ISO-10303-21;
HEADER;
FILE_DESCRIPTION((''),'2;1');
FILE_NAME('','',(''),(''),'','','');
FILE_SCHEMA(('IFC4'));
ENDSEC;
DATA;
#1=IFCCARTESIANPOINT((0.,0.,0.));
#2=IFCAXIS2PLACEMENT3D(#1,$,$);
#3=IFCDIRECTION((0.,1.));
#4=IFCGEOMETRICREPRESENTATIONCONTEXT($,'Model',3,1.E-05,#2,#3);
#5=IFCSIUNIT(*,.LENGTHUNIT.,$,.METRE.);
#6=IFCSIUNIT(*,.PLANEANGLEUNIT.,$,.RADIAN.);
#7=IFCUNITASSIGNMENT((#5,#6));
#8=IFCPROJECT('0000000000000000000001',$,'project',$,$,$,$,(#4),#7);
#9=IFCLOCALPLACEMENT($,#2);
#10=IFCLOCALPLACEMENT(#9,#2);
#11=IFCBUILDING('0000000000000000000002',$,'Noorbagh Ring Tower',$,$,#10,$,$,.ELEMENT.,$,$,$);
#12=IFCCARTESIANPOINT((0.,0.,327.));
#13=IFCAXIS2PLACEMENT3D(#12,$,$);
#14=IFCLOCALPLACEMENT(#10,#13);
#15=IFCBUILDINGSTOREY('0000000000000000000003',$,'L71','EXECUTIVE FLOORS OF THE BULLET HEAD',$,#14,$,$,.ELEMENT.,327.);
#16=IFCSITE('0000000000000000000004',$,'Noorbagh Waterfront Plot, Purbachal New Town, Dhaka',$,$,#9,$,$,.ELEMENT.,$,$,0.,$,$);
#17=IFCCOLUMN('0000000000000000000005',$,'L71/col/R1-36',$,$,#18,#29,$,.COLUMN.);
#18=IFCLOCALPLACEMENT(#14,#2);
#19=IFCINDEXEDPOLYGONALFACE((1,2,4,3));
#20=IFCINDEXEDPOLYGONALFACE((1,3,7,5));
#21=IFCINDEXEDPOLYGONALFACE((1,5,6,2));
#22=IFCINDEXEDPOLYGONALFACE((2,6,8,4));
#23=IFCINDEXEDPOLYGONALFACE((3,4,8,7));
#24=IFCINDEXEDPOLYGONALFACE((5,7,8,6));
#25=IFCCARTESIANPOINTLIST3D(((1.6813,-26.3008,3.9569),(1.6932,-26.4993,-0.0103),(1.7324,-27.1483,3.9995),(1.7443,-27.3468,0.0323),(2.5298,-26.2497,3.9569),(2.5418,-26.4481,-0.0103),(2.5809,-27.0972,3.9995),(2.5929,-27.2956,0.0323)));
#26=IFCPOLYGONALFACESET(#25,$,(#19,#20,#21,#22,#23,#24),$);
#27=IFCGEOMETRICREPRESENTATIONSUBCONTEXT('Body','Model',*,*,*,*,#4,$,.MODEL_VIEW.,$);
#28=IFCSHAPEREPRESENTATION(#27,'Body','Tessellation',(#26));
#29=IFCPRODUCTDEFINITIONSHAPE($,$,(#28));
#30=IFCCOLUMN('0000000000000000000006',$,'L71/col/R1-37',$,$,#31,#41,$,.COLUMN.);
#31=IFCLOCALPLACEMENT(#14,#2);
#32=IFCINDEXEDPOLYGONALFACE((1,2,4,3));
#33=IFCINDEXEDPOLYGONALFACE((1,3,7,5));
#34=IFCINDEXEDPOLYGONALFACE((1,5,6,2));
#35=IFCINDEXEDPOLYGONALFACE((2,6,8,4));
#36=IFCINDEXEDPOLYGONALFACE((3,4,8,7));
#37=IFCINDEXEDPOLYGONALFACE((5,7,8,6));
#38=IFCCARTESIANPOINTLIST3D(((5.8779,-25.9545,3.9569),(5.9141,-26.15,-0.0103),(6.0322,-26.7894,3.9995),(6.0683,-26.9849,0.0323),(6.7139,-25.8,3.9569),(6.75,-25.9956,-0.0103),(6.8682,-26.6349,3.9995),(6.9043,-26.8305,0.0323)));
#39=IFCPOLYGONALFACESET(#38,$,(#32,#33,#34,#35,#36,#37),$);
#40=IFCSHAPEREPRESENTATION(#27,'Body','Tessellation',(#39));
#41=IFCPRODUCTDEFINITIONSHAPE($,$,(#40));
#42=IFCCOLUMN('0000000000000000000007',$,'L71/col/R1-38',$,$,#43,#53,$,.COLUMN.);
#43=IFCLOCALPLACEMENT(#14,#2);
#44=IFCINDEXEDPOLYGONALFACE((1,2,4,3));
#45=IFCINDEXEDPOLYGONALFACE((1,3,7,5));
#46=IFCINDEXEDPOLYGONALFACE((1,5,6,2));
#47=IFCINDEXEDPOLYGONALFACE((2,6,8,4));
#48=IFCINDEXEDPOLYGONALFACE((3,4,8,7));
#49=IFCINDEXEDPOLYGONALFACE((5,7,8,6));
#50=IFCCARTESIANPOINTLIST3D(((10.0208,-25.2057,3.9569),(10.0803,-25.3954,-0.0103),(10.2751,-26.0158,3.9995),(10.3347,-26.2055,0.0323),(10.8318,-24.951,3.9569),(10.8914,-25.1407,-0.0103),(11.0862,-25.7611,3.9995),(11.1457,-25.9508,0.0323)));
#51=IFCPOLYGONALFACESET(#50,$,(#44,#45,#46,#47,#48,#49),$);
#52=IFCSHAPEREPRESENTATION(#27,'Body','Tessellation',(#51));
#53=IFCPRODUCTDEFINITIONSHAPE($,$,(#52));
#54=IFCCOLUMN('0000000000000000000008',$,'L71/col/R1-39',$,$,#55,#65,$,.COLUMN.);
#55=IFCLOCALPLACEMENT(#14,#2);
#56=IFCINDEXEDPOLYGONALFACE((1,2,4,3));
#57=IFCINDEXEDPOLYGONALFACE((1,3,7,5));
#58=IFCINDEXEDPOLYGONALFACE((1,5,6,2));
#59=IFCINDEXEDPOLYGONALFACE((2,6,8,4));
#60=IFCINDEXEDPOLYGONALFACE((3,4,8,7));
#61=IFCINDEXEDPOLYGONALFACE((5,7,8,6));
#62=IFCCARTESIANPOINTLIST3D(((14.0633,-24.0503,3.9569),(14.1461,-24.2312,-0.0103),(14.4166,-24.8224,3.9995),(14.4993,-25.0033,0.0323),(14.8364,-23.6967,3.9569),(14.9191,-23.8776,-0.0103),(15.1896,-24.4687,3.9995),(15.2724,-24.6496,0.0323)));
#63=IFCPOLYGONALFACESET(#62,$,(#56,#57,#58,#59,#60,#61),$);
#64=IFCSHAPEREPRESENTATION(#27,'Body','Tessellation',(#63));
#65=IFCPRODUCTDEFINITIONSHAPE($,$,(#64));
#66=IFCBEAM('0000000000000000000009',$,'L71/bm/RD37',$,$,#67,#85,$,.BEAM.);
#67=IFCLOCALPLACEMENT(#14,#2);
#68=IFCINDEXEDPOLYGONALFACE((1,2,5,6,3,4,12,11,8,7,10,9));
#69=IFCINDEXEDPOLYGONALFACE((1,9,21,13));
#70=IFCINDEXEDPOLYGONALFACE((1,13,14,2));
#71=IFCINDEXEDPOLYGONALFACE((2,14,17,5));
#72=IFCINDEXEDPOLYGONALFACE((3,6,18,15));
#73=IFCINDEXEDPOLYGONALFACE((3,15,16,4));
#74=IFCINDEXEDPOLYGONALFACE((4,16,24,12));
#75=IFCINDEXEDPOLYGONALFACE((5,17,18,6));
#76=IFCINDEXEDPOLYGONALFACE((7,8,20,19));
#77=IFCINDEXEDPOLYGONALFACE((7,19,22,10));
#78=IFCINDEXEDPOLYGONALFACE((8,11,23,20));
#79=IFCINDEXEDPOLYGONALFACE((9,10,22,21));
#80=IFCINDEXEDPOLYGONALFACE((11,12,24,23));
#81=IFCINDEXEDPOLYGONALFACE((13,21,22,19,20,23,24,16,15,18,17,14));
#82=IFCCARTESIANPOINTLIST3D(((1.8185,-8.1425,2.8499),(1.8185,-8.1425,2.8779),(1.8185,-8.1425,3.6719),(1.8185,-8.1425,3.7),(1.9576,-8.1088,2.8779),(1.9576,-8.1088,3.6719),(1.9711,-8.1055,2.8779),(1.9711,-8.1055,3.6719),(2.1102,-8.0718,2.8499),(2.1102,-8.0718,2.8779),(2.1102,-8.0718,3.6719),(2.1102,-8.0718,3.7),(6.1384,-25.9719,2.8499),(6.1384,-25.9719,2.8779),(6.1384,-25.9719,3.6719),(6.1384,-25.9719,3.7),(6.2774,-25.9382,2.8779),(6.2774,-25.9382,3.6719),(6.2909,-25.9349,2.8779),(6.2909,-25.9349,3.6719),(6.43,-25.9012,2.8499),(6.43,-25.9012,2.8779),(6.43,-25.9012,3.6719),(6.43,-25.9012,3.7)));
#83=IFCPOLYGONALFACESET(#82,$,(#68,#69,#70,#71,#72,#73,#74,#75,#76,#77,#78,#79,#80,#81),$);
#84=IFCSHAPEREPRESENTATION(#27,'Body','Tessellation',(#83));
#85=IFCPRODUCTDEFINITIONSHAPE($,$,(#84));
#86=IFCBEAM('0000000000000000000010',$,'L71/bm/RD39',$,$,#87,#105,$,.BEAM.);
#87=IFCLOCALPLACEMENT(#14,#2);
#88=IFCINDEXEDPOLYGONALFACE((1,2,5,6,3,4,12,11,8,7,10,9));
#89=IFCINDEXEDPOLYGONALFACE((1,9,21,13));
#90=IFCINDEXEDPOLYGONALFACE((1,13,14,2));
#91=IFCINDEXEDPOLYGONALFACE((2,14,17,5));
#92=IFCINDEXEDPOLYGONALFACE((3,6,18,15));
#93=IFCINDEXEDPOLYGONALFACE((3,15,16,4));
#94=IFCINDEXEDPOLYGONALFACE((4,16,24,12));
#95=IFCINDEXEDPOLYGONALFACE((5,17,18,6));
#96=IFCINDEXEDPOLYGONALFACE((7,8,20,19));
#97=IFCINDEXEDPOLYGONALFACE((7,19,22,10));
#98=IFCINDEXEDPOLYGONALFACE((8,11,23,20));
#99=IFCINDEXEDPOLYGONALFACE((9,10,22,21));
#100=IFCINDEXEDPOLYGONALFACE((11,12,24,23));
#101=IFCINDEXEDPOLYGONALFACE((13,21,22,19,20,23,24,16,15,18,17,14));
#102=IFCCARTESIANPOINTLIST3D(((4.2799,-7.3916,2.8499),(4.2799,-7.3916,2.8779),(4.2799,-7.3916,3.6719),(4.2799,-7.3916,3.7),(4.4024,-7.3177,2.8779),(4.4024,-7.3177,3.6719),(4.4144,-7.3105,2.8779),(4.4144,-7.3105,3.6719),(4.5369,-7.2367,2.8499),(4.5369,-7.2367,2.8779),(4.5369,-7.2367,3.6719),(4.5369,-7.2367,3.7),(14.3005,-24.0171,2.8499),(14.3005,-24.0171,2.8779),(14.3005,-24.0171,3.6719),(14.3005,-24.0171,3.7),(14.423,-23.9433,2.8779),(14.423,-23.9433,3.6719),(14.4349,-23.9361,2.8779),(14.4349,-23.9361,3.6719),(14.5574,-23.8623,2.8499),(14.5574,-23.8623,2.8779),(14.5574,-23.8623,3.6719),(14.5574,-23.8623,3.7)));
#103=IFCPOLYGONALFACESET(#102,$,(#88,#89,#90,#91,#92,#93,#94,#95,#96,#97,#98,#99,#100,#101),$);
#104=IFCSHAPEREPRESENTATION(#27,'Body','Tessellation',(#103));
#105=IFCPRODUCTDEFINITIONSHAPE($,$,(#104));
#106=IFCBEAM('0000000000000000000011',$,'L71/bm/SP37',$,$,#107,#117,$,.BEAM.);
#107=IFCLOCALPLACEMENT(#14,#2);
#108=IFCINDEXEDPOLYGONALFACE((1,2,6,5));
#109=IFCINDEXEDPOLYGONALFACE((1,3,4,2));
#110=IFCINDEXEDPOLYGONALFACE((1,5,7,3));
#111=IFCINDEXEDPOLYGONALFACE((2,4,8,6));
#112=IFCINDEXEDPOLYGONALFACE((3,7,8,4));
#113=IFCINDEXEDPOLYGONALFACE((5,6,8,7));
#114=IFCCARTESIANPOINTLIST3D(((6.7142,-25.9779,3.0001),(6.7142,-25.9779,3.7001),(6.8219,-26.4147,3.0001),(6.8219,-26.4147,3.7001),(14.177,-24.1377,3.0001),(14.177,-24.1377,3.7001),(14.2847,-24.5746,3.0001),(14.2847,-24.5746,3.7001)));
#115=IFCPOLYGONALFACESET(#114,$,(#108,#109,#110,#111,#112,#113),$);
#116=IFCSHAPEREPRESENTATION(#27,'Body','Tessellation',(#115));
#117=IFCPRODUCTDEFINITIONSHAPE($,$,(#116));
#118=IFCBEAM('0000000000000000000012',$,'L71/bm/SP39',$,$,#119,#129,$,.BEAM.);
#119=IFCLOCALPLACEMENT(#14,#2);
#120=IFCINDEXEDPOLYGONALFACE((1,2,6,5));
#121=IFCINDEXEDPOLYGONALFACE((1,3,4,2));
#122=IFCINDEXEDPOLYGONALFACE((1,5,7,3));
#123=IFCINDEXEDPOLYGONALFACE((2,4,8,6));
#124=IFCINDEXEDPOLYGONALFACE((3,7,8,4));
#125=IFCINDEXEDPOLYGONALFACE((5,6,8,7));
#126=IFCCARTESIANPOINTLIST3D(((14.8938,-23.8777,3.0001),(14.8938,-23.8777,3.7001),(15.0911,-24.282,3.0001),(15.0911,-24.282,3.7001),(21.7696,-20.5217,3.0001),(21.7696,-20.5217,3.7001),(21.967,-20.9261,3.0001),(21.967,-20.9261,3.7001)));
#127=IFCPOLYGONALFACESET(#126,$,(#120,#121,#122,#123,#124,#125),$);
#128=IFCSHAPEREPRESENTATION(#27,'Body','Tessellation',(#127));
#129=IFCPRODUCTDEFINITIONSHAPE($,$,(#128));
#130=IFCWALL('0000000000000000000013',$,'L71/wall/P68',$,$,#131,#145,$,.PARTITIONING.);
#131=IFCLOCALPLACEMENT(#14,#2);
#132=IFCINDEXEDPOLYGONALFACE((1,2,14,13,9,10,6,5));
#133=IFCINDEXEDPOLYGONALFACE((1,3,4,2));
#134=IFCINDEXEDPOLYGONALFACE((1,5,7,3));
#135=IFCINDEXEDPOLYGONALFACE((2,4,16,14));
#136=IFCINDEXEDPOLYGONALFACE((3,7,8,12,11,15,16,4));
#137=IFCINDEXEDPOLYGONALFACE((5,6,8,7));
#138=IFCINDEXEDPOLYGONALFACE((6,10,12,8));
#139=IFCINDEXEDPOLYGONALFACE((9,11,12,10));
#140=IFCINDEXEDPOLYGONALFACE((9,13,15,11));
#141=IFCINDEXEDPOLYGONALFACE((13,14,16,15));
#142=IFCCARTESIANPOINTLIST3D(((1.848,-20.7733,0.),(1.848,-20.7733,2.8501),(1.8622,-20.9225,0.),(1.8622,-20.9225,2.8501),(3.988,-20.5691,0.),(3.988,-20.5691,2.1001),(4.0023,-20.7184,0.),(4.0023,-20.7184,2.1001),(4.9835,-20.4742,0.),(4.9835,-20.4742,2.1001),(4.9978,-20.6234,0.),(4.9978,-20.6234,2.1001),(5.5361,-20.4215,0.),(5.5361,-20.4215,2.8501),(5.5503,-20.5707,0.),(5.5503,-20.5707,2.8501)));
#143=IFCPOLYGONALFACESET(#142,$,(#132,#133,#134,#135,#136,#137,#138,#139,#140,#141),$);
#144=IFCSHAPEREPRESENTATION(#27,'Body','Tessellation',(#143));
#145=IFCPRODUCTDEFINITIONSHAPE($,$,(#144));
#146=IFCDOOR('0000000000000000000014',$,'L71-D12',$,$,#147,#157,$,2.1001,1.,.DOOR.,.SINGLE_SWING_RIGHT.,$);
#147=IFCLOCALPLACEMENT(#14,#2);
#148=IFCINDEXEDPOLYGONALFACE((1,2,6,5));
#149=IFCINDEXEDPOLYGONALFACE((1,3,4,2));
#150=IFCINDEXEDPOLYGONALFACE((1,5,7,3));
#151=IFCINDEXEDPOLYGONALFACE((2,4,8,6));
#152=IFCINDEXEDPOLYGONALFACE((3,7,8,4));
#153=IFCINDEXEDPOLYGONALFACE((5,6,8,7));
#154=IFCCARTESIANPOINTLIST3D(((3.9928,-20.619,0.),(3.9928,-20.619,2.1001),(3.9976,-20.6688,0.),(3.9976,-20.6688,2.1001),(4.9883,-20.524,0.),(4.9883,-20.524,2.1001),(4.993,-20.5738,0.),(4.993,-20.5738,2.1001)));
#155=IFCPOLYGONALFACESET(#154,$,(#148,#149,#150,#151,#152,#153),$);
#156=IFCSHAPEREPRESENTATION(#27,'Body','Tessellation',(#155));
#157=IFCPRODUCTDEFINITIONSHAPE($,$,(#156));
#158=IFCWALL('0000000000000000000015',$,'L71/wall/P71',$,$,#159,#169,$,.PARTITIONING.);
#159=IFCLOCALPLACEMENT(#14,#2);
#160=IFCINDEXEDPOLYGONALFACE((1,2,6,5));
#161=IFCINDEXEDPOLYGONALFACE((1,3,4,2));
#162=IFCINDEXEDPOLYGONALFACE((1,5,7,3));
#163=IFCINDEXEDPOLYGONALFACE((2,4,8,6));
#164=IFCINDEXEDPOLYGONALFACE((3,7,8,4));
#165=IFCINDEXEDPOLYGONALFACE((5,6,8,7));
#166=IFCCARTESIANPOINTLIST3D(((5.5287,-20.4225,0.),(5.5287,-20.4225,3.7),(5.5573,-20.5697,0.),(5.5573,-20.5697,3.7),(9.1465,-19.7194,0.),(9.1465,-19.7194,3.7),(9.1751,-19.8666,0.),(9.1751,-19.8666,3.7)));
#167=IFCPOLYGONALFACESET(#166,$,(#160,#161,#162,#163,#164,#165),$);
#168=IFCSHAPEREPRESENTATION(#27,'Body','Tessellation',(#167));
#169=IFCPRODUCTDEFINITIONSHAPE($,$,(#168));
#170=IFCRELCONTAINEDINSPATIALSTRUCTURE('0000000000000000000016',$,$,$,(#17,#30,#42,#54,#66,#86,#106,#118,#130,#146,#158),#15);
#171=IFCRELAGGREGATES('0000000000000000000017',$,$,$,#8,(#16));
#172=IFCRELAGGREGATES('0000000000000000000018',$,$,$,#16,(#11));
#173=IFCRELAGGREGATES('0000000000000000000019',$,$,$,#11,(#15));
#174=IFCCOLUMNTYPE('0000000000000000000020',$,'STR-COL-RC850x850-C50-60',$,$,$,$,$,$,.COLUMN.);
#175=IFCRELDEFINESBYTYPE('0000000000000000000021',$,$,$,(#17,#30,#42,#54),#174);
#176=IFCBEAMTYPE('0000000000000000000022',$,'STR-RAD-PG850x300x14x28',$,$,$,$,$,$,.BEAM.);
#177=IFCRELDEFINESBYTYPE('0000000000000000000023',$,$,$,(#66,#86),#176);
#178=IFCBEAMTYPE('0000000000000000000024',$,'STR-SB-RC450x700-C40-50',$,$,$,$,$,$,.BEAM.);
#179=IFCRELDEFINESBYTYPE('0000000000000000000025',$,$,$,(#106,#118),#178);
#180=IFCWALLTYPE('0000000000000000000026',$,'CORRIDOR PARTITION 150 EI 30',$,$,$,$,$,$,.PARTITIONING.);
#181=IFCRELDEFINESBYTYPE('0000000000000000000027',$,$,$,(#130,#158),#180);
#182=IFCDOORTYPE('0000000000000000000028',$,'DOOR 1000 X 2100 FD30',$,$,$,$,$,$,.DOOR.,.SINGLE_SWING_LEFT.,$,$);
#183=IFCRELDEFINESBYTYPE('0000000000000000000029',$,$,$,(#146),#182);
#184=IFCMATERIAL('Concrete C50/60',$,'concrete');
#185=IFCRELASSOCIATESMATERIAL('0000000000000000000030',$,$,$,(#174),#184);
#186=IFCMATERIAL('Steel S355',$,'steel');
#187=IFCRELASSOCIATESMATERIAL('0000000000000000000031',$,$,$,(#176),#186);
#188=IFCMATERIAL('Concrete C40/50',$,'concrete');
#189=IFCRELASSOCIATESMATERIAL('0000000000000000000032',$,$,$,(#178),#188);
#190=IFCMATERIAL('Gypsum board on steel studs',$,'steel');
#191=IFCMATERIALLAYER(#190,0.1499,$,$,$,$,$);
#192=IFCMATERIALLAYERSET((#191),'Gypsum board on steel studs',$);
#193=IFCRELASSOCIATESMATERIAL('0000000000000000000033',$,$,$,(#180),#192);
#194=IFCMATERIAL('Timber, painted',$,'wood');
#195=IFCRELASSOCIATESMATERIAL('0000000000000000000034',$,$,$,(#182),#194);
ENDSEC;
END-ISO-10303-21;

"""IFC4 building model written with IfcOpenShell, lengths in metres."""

from ifc_helpers import new_model, si_unit, direction, frame, frame_2d, origin, origin_2d, place, context, subcontext, project, spatial, rectangle, i_section, extrude, material, layer, layer_set, material_profile, profile_set, type_object, element, fill, save


model = new_model("IFC4")

# Units and contexts
model_context = context("Model", 3, precision=1e-05, world=origin(), true_north=direction((0.0, 1.0)))
body_context = subcontext(model_context, "Body", "Model", "MODEL_VIEW")
ifc_project = project(units=[si_unit("LENGTHUNIT", "METRE"), si_unit("PLANEANGLEUNIT", "RADIAN")], contexts=[model_context])

# Site, building, storey
site_placement = place(None, origin())
site = spatial("IfcSite", under=ifc_project, at=site_placement, Name="Noorbagh Waterfront Plot, Purbachal New Town, Dhaka", CompositionType="ELEMENT", RefElevation=0.0)
building_placement = place(site_placement, origin())
building = spatial("IfcBuilding", under=site, at=building_placement, Name="Noorbagh Ring Tower", CompositionType="ELEMENT")
storey_placement = place(building_placement, frame((0.0, 0.0, 327.0)))
storey = spatial("IfcBuildingStorey", under=building, at=storey_placement, Name="L71", Description="EXECUTIVE FLOORS OF THE BULLET HEAD", CompositionType="ELEMENT", Elevation=327.0)

# Columns
ifc_material_1 = material(Name="Concrete C50/60", Category="concrete")
ifc_material_profile_1 = material_profile(ifc_material_1, rectangle(XDim=0.8501, YDim=0.8501, at=origin_2d()), Name="RC850x850")
ifc_profile_set_1 = profile_set([ifc_material_profile_1], Name="Concrete C50/60")
column_type = type_object("IfcColumnType", Name="STR-COL-RC850x850-C50-60", PredefinedType="COLUMN", material=ifc_profile_set_1)
for number, where, z_axis, x_axis, name in (
    (1, (2.1431, -26.8975, 0.011), (-0.003012, 0.049968, 0.998746), (-0.998189, -0.060161, 0.0), "L71/col/R1-36"),
    (2, (6.4092, -26.4902, 0.011), (-0.009096, 0.04923, 0.998746), (-0.983355, -0.181694, 0.0), "L71/col/R1-37"),
    (3, (10.613, -25.6731, 0.011), (-0.014997, 0.047755, 0.998746), (-0.954064, -0.299603, 0.0), "L71/col/R1-38"),
    (4, (14.7092, -24.4404, 0.011), (-0.020835, 0.045543, 0.998745), (-0.909355, -0.416021, 0.0), "L71/col/R1-39"),
):
    element("IfcColumn", number, at=place(storey_placement, frame(where, z_axis=z_axis, x_axis=x_axis)), inside=storey, type_object=column_type, Name=name, PredefinedType="COLUMN", context=body_context, shape_type="SweptSolid", body=[
        extrude(rectangle(XDim=0.8501, YDim=0.8501, at=origin_2d()), origin(), (0.0, 0.0, 1.0), 3.9722),
    ])

# Beams
ifc_material_2 = material(Name="Steel S355", Category="steel")
ifc_material_profile_2 = material_profile(ifc_material_2, i_section(OverallWidth=0.3, OverallDepth=0.8501, WebThickness=0.0139, FlangeThickness=0.0281, at=origin_2d()), Name="PG850x300x14x28")
ifc_profile_set_2 = profile_set([ifc_material_profile_2], Name="Steel S355")
beam_type_1 = type_object("IfcBeamType", Name="STR-RAD-PG850x300x14x28", PredefinedType="BEAM", material=ifc_profile_set_2)
beam_1_placement = place(storey_placement, frame((6.2842, -25.9365, 3.2749), z_axis=(-0.235474, 0.971881, 0.0), x_axis=(-0.971881, -0.235474, 0.0)))
element("IfcBeam", 5, at=beam_1_placement, inside=storey, type_object=beam_type_1, Name="L71/bm/RD37", PredefinedType="BEAM", context=body_context, shape_type="SweptSolid", body=[
    extrude(i_section(OverallWidth=0.3, OverallDepth=0.8501, WebThickness=0.0139, FlangeThickness=0.0281, at=origin_2d()), origin(), (0.0, 0.0, 1.0), 18.3452),
])
beam_2_placement = place(storey_placement, frame((14.429, -23.9397, 3.2749), z_axis=(-0.516207, 0.856464, 0.0), x_axis=(-0.856464, -0.516207, 0.0)))
element("IfcBeam", 6, at=beam_2_placement, inside=storey, type_object=beam_type_1, Name="L71/bm/RD39", PredefinedType="BEAM", context=body_context, shape_type="SweptSolid", body=[
    extrude(i_section(OverallWidth=0.3, OverallDepth=0.8501, WebThickness=0.0139, FlangeThickness=0.0281, at=origin_2d()), origin(), (0.0, 0.0, 1.0), 19.4119),
])
ifc_material_3 = material(Name="Concrete C40/50", Category="concrete")
ifc_material_profile_3 = material_profile(ifc_material_3, rectangle(XDim=0.45, YDim=0.7, at=origin_2d()), Name="RC450x700")
ifc_profile_set_3 = profile_set([ifc_material_profile_3], Name="Concrete C40/50")
beam_type_2 = type_object("IfcBeamType", Name="STR-SB-RC450x700-C40-50", PredefinedType="BEAM", material=ifc_profile_set_3)
beam_3_placement = place(storey_placement, frame((6.7681, -26.1963, 3.3501), z_axis=(0.97092, 0.239403, 0.0), x_axis=(-0.239403, 0.97092, 0.0)))
element("IfcBeam", 7, at=beam_3_placement, inside=storey, type_object=beam_type_2, Name="L71/bm/SP37", PredefinedType="BEAM", context=body_context, shape_type="SweptSolid", body=[
    extrude(rectangle(XDim=0.45, YDim=0.7, at=origin_2d()), origin(), (0.0, 0.0, 1.0), 7.6863),
])
beam_4_placement = place(storey_placement, frame((14.9924, -24.0798, 3.3501), z_axis=(0.898675, 0.438616, 0.0), x_axis=(-0.438616, 0.898675, 0.0)))
element("IfcBeam", 8, at=beam_4_placement, inside=storey, type_object=beam_type_2, Name="L71/bm/SP39", PredefinedType="BEAM", context=body_context, shape_type="SweptSolid", body=[
    extrude(rectangle(XDim=0.45, YDim=0.7, at=origin_2d()), origin(), (0.0, 0.0, 1.0), 7.6511),
])

# Wall, opening, door
ifc_material_4 = material(Name="Gypsum board on steel studs", Category="steel")
ifc_layer_1 = layer(ifc_material_4, 0.1499)
ifc_layer_set_1 = layer_set([ifc_layer_1], Name="Gypsum board on steel studs")
wall_type_1 = type_object("IfcWallType", Name="CORRIDOR PARTITION 150 EI 30", PredefinedType="PARTITIONING", material=ifc_layer_set_1)
wall_1_placement = place(storey_placement, frame((1.855, -20.8479, 0.0), z_axis=(0.0, 0.0, 1.0), x_axis=(0.995481, 0.094961, 0.0)))
wall_1 = element("IfcWall", 9, at=wall_1_placement, inside=storey, type_object=wall_type_1, Name="L71/wall/P68", PredefinedType="PARTITIONING", context=body_context, shape_type="SweptSolid", body=[
    extrude(rectangle(XDim=3.7048, YDim=0.1499, at=frame_2d((1.8525, 0.0))), origin(), (0.0, 0.0, 1.0), 2.8501),
])
opening_1_placement = place(wall_1_placement, frame((2.1499, 0.0, 0.0)))
opening_1 = element("IfcOpeningElement", 10, at=opening_1_placement, cuts=wall_1, PredefinedType="OPENING", context=body_context, shape_type="SweptSolid", body=[
    extrude(rectangle(XDim=1.0, YDim=2.1001, at=frame_2d((0.5, 1.05))), frame((0.0, 0.085, 0.0), z_axis=(0.0, -1.0, 0.0), x_axis=(1.0, 0.0, 0.0)), (0.0, 0.0, 1.0), 0.1699),
])
ifc_material_5 = material(Name="Timber, painted", Category="wood")
door_type = type_object("IfcDoorType", Name="DOOR 1000 X 2100 FD30", OperationType="SINGLE_SWING_LEFT", PredefinedType="DOOR", material=ifc_material_5)
door_1_placement = place(opening_1_placement, origin())
door_1 = element("IfcDoor", 11, at=door_1_placement, inside=storey, type_object=door_type, Name="L71-D12", OperationType="SINGLE_SWING_RIGHT", OverallHeight=2.1001, OverallWidth=1.0, PredefinedType="DOOR", context=body_context, shape_type="SweptSolid", body=[
    extrude(rectangle(XDim=1.0, YDim=2.1001, at=frame_2d((0.5, 1.05))), frame((0.0, 0.0249, 0.0), z_axis=(0.0, -1.0, 0.0), x_axis=(1.0, 0.0, 0.0)), (0.0, 0.0, 1.0), 0.05),
])
fill(opening_1, door_1)

# Wall
wall_2_placement = place(storey_placement, frame((5.543, -20.4961, 0.0), z_axis=(0.0, 0.0, 1.0), x_axis=(0.981634, 0.190776, 0.0)))
element("IfcWall", 12, at=wall_2_placement, inside=storey, type_object=wall_type_1, Name="L71/wall/P71", PredefinedType="PARTITIONING", context=body_context, shape_type="SweptSolid", body=[
    extrude(rectangle(XDim=3.6855, YDim=0.1499, at=frame_2d((1.8428, 0.0))), origin(), (0.0, 0.0, 1.0), 3.7),
])

save(model, "model.ifc")
